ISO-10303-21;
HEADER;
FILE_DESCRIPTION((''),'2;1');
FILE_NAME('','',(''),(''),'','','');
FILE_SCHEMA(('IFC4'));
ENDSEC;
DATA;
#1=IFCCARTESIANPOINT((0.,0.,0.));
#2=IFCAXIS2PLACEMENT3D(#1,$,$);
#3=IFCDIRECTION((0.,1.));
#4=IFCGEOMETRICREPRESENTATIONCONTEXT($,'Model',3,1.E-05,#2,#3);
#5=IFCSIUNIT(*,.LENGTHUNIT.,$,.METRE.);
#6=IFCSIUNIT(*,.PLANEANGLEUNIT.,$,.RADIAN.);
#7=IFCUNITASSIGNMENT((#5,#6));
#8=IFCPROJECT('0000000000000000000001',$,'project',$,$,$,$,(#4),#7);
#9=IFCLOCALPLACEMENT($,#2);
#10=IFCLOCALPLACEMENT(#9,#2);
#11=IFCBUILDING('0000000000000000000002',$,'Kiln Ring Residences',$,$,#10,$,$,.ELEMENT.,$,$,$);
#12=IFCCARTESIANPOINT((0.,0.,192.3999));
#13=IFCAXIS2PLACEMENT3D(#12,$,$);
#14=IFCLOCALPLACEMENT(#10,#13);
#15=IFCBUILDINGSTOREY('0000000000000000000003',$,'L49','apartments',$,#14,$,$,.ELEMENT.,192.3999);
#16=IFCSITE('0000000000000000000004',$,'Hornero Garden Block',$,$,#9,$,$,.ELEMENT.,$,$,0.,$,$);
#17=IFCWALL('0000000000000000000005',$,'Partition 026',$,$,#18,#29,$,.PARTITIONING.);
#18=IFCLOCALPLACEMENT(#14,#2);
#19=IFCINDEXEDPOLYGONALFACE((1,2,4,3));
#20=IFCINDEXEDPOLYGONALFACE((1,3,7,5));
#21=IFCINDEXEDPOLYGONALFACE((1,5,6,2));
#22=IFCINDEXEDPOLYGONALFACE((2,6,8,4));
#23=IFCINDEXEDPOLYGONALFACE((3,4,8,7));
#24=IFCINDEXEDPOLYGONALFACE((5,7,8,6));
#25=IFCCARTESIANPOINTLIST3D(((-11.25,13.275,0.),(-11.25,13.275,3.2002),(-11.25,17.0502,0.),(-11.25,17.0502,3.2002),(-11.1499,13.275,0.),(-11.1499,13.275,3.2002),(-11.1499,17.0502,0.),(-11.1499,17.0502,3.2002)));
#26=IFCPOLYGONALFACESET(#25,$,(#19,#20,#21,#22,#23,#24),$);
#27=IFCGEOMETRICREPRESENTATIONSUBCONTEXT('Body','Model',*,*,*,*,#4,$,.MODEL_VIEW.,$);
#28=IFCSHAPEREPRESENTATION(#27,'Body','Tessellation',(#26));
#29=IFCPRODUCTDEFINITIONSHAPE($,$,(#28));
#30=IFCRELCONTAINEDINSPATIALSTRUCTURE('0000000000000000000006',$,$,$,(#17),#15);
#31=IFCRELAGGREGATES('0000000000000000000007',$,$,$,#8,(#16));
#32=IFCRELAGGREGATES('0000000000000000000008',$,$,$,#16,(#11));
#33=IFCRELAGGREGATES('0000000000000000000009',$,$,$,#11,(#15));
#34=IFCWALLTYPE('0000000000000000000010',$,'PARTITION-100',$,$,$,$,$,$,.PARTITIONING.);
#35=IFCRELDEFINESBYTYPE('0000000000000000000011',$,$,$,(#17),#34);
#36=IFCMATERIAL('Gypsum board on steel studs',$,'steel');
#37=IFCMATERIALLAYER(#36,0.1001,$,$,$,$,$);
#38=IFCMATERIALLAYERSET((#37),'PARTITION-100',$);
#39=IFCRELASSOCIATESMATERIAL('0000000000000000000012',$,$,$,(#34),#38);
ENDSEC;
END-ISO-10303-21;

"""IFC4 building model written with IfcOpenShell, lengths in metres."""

from ifc_helpers import new_model, si_unit, direction, frame, frame_2d, origin, place, context, subcontext, project, spatial, rectangle, extrude, material, layer, layer_set, type_object, element, save


model = new_model("IFC4")

# Units and contexts
model_context = context("Model", 3, precision=1e-05, world=origin(), true_north=direction((0.0, 1.0)))
body_context = subcontext(model_context, "Body", "Model", "MODEL_VIEW")
ifc_project = project(units=[si_unit("LENGTHUNIT", "METRE"), si_unit("PLANEANGLEUNIT", "RADIAN")], contexts=[model_context])

# Site, building, storey
site_placement = place(None, origin())
site = spatial("IfcSite", under=ifc_project, at=site_placement, Name="Hornero Garden Block", CompositionType="ELEMENT", RefElevation=0.0)
building_placement = place(site_placement, origin())
building = spatial("IfcBuilding", under=site, at=building_placement, Name="Kiln Ring Residences", CompositionType="ELEMENT")
storey_placement = place(building_placement, frame((0.0, 0.0, 192.3999)))
storey = spatial("IfcBuildingStorey", under=building, at=storey_placement, Name="L49", Description="apartments", CompositionType="ELEMENT", Elevation=192.3999)

# Wall
ifc_material_1 = material(Name="Gypsum board on steel studs", Category="steel")
ifc_layer_1 = layer(ifc_material_1, 0.1001)
ifc_layer_set_1 = layer_set([ifc_layer_1], Name="PARTITION-100")
wall_type_1 = type_object("IfcWallType", Name="PARTITION-100", PredefinedType="PARTITIONING", material=ifc_layer_set_1)
wall_1_placement = place(storey_placement, frame((-11.2, 13.2749, 0.0), z_axis=(0.0, 0.0, 1.0), x_axis=(0.0, 1.0, 0.0)))
element("IfcWall", 1, at=wall_1_placement, inside=storey, type_object=wall_type_1, Name="Partition 026", PredefinedType="PARTITIONING", context=body_context, shape_type="SweptSolid", body=[
    extrude(rectangle(XDim=3.7751, YDim=0.1001, at=frame_2d((1.8877, 0.0))), origin(), (0.0, 0.0, 1.0), 3.2002),
])

save(model, "model.ifc")
